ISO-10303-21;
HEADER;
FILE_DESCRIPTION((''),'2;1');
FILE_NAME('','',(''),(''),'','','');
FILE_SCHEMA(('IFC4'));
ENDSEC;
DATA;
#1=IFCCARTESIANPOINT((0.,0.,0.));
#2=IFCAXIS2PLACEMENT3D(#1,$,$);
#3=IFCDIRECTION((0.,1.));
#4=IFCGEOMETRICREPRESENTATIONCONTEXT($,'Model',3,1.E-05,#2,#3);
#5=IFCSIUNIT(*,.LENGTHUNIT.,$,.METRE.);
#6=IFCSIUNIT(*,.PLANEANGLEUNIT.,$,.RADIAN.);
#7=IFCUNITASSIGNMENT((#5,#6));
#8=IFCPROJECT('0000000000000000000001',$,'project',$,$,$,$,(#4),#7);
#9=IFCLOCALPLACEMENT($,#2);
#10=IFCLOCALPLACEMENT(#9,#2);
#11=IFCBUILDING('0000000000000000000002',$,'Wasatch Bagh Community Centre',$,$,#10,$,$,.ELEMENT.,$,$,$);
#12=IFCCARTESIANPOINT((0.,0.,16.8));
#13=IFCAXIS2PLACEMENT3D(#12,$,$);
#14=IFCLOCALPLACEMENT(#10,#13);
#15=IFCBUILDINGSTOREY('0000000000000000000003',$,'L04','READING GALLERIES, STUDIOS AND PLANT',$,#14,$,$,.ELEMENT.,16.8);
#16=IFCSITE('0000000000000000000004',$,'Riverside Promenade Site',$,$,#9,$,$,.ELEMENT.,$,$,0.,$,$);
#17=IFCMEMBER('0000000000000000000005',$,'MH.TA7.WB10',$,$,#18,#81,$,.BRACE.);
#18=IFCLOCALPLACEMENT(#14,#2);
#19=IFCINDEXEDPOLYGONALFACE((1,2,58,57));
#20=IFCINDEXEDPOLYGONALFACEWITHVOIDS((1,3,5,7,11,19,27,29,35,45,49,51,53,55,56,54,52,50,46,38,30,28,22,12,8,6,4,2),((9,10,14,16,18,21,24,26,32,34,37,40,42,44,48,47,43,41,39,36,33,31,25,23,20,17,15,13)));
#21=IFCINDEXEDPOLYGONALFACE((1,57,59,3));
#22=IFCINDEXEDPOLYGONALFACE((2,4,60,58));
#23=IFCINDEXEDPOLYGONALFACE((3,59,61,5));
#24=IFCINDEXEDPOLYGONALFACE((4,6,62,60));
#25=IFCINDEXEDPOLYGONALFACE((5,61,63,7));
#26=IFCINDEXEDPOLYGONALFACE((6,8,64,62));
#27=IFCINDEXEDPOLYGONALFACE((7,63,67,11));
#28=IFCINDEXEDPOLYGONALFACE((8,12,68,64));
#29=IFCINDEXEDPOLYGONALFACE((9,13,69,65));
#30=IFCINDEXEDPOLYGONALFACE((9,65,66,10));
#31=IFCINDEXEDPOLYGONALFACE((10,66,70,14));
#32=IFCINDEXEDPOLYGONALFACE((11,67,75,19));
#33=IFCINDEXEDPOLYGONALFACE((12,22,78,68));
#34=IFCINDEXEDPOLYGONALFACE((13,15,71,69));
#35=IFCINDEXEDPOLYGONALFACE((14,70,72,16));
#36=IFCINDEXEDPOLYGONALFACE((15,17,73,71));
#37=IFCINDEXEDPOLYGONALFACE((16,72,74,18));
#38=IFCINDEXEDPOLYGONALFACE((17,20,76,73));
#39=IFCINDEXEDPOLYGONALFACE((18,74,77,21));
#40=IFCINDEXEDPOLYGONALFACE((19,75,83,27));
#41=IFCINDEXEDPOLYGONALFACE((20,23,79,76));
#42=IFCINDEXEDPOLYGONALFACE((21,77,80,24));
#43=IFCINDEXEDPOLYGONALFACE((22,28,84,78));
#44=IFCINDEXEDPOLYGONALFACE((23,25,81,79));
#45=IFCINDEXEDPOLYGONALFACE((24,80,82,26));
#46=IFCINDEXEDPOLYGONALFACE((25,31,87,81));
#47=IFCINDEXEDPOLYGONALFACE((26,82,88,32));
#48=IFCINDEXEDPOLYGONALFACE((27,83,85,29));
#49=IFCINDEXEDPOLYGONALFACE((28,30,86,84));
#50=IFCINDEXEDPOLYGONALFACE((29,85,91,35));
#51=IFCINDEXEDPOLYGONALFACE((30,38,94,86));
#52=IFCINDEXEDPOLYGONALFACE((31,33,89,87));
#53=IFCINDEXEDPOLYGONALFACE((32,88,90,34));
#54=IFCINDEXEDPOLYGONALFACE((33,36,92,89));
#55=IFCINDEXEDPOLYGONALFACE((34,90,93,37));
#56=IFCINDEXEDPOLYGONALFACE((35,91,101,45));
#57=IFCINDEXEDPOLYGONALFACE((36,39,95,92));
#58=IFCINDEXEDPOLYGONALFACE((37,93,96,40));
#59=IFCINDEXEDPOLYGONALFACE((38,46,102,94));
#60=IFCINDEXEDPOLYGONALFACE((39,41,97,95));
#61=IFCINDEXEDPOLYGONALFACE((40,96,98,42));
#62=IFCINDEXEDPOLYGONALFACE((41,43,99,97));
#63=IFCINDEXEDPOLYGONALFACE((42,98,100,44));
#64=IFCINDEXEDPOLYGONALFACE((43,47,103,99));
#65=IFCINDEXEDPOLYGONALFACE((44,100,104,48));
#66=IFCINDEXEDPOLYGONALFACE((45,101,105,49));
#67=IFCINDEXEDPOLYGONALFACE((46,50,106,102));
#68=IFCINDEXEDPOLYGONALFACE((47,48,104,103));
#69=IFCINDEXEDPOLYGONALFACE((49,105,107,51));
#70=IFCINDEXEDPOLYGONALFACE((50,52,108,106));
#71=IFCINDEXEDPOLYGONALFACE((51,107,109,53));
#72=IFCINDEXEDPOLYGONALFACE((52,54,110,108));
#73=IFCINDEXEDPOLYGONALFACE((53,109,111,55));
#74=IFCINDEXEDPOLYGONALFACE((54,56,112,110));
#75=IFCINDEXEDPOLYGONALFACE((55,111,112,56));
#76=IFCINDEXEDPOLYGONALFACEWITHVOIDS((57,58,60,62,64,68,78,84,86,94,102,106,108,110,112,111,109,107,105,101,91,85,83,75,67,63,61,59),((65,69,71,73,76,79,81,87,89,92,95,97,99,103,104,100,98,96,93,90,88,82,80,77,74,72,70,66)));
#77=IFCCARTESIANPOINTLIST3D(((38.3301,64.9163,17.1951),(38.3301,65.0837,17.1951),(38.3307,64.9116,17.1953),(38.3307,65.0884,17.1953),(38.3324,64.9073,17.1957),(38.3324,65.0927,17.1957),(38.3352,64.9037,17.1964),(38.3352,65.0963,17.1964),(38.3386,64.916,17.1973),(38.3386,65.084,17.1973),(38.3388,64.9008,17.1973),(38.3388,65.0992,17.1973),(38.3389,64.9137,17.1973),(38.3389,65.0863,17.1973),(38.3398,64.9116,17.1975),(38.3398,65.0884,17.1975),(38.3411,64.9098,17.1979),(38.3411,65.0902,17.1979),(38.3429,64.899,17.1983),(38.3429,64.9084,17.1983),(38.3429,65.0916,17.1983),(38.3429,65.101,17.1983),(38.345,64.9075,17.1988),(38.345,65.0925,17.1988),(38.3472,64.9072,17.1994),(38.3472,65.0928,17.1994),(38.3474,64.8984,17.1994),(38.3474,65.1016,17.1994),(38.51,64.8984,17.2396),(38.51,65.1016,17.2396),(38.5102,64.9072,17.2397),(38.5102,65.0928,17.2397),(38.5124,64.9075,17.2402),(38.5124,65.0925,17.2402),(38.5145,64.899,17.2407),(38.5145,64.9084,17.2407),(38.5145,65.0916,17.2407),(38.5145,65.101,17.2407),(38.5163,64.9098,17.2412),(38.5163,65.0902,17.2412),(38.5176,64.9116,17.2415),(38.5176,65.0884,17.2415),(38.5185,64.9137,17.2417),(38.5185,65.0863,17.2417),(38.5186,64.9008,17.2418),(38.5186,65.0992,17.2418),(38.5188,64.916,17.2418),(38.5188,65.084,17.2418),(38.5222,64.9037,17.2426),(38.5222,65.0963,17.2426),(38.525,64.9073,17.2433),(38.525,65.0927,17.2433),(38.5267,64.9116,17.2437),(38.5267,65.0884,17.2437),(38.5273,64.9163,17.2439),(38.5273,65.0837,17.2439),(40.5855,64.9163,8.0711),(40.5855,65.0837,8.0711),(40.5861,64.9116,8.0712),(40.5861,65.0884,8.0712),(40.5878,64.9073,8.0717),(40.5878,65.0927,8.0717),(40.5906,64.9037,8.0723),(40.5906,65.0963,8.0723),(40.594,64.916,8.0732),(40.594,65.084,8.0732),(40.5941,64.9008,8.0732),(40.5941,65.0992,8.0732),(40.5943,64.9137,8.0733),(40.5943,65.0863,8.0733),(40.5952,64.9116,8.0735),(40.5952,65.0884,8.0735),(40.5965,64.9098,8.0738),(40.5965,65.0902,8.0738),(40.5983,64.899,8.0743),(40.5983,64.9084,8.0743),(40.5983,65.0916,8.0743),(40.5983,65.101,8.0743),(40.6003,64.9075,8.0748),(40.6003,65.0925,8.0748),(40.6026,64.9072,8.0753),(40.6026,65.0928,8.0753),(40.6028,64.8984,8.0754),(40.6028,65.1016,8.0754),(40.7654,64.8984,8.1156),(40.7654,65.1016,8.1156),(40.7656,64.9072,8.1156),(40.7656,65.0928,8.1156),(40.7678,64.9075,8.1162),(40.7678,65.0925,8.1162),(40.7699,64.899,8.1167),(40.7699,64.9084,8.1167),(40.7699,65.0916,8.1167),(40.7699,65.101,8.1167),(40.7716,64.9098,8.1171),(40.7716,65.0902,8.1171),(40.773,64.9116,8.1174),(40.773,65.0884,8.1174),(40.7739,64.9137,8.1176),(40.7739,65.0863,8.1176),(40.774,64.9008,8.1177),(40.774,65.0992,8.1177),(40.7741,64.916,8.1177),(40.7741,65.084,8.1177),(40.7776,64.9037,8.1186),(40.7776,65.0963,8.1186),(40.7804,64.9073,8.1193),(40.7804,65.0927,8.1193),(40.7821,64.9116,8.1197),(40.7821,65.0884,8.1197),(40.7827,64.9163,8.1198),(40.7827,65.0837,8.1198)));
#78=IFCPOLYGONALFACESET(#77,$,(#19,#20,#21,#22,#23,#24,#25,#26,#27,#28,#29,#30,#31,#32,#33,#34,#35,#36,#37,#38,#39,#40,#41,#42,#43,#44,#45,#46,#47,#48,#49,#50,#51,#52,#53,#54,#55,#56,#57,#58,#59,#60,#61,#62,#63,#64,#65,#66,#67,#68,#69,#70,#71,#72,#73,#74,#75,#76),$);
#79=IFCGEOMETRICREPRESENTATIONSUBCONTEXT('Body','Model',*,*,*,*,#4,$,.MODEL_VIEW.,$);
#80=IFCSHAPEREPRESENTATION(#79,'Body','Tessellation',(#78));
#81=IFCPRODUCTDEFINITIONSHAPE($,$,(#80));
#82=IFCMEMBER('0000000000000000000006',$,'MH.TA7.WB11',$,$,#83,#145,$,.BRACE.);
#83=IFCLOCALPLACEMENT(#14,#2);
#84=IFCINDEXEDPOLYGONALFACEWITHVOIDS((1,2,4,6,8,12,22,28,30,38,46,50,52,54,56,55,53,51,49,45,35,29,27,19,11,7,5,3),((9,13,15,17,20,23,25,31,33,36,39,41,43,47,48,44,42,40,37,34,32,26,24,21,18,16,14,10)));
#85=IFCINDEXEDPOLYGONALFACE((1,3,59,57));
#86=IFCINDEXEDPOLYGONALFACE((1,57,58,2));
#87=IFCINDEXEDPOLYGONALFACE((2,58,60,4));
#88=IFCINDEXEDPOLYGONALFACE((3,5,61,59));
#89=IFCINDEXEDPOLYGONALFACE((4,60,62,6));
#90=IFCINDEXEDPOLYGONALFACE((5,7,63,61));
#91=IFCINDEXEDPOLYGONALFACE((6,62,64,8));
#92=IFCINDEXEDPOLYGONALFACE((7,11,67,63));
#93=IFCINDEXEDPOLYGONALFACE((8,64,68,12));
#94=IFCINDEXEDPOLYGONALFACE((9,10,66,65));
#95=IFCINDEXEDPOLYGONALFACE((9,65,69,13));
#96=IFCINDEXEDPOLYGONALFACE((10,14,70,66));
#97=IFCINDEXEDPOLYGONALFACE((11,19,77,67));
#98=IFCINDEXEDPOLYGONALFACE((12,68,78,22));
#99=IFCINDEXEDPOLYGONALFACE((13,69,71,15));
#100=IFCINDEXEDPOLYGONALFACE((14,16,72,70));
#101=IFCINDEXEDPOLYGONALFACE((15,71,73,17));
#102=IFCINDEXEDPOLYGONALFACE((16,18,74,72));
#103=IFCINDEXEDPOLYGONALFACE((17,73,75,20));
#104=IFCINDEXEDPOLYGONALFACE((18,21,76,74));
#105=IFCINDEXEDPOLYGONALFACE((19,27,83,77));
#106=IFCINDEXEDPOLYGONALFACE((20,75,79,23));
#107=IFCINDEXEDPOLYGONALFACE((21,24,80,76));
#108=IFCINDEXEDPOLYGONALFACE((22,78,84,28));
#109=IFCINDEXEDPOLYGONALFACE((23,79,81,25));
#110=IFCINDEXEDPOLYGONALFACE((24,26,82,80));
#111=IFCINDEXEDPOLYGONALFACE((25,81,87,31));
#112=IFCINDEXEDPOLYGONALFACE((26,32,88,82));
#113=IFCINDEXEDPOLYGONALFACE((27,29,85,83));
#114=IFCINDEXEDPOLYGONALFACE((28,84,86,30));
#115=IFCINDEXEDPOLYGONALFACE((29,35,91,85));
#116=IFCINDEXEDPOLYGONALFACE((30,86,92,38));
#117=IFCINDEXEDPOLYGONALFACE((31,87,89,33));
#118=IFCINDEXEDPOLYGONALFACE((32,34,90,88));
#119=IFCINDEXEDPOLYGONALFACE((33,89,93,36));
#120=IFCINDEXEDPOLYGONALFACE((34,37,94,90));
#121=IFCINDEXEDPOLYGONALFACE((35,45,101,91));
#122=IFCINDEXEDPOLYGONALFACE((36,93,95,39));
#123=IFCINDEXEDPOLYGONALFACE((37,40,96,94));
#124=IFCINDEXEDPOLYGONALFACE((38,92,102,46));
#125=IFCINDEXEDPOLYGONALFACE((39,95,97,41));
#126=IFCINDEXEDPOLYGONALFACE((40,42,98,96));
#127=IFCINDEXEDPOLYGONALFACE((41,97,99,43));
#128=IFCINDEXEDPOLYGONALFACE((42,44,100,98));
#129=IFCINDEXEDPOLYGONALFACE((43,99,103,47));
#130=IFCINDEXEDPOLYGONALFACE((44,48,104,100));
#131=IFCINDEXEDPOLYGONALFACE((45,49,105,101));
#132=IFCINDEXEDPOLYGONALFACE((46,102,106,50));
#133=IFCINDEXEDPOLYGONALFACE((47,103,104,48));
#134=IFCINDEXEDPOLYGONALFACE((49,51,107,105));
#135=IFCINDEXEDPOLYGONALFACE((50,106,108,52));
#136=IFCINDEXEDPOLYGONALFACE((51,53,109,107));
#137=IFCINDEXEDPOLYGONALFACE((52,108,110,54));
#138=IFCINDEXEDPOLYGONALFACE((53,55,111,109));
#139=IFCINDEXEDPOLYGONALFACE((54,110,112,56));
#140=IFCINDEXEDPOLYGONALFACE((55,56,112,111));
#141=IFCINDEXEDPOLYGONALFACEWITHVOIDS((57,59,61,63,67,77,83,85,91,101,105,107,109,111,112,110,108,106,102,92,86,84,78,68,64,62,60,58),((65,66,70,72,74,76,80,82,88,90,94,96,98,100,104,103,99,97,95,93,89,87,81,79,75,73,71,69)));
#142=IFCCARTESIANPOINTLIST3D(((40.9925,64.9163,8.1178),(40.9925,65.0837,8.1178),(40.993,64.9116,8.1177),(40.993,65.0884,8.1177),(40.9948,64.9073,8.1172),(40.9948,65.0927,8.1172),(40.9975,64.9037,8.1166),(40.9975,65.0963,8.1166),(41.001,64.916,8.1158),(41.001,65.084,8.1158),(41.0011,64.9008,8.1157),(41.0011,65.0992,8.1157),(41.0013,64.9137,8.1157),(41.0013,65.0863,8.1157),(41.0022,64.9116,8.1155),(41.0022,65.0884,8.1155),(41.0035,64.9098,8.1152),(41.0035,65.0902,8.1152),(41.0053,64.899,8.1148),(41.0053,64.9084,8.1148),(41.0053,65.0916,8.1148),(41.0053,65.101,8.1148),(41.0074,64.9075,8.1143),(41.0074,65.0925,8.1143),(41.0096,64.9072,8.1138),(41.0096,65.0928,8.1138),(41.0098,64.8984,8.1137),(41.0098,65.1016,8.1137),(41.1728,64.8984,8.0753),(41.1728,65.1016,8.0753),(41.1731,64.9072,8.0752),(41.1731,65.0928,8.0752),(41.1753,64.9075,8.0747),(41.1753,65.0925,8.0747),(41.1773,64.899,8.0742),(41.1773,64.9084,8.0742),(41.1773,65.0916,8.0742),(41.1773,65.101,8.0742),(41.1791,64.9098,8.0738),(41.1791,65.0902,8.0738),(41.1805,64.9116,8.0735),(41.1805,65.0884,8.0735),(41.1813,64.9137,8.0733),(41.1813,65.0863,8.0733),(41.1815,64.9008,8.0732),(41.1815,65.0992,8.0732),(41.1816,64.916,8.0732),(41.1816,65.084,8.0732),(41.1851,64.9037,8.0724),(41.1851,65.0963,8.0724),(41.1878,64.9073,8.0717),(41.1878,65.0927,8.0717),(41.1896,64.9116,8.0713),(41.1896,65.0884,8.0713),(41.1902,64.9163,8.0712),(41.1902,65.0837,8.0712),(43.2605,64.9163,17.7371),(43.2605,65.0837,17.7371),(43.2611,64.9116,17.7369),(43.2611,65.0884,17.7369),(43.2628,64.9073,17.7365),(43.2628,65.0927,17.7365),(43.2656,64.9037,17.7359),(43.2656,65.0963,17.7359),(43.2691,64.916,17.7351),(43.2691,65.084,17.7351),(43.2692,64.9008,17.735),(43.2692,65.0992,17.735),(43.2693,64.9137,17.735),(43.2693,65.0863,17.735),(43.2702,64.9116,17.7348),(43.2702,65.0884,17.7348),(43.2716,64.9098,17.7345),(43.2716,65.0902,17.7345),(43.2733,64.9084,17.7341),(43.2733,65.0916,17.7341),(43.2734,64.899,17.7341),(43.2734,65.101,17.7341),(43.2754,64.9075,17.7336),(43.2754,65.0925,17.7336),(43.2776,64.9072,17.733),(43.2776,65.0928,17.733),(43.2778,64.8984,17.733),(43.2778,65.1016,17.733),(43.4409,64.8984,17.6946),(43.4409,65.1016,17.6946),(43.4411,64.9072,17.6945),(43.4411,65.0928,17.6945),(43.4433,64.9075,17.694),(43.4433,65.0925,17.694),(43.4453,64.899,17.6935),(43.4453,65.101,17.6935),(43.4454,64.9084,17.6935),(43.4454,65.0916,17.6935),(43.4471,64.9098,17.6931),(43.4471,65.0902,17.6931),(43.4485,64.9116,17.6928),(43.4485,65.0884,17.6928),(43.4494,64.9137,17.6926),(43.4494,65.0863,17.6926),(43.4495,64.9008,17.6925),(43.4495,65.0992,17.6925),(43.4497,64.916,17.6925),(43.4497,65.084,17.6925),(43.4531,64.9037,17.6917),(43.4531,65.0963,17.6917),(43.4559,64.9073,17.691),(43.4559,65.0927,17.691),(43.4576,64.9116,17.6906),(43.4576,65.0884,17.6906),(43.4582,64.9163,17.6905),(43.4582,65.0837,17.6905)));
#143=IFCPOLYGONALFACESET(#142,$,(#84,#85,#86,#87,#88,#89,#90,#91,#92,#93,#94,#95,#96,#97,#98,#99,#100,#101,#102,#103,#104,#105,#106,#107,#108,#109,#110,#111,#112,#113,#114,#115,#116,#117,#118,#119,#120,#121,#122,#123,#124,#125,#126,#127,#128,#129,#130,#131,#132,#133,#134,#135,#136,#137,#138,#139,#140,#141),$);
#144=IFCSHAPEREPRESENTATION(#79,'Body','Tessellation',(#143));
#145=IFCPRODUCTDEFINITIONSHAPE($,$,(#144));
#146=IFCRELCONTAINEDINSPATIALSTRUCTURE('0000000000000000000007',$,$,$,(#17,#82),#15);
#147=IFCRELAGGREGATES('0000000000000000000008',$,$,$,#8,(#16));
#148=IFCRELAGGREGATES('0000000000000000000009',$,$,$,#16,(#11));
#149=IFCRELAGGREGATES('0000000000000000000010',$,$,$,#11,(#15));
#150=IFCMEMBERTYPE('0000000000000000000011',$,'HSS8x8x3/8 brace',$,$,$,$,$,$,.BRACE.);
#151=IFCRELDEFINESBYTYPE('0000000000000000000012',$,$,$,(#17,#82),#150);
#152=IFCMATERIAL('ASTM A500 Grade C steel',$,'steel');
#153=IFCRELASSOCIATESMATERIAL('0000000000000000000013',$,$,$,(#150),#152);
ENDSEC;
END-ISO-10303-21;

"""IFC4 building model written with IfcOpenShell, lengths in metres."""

from ifc_helpers import new_model, si_unit, direction, frame, origin, origin_2d, place, context, subcontext, project, spatial, hollow_rectangle, extrude, material, material_profile, profile_set, type_object, element, save


model = new_model("IFC4")

# Units and contexts
model_context = context("Model", 3, precision=1e-05, world=origin(), true_north=direction((0.0, 1.0)))
body_context = subcontext(model_context, "Body", "Model", "MODEL_VIEW")
ifc_project = project(units=[si_unit("LENGTHUNIT", "METRE"), si_unit("PLANEANGLEUNIT", "RADIAN")], contexts=[model_context])

# Site, building, storey
site_placement = place(None, origin())
site = spatial("IfcSite", under=ifc_project, at=site_placement, Name="Riverside Promenade Site", CompositionType="ELEMENT", RefElevation=0.0)
building_placement = place(site_placement, origin())
building = spatial("IfcBuilding", under=site, at=building_placement, Name="Wasatch Bagh Community Centre", CompositionType="ELEMENT")
storey_placement = place(building_placement, frame((0.0, 0.0, 16.8)))
storey = spatial("IfcBuildingStorey", under=building, at=storey_placement, Name="L04", Description="READING GALLERIES, STUDIOS AND PLANT", CompositionType="ELEMENT", Elevation=16.8)

# Members
ifc_material_1 = material(Name="ASTM A500 Grade C steel", Category="steel")
ifc_material_profile_1 = material_profile(ifc_material_1, hollow_rectangle(XDim=0.2031, YDim=0.2031, WallThickness=0.0088, InnerFilletRadius=0.0088, OuterFilletRadius=0.0178, at=origin_2d()), Name="HSS8x8x3/8")
ifc_profile_set_1 = profile_set([ifc_material_profile_1], Name="ASTM A500 Grade C steel")
member_type_1 = type_object("IfcMemberType", Name="HSS8x8x3/8 brace", PredefinedType="BRACE", material=ifc_profile_set_1)
member_1_placement = place(storey_placement, frame((40.6841, 65.0, 8.0955), z_axis=(-0.239968, 0.0, 0.970781), x_axis=(0.0, -1.0, 0.0)))
element("IfcMember", 1, at=member_1_placement, inside=storey, type_object=member_type_1, Name="MH.TA7.WB10", PredefinedType="BRACE", context=body_context, shape_type="SweptSolid", body=[
    extrude(hollow_rectangle(XDim=0.2031, YDim=0.2031, WallThickness=0.0088, InnerFilletRadius=0.0088, OuterFilletRadius=0.0178, at=origin_2d()), origin(), (0.0, 0.0, 1.0), 9.3987),
])
member_2_placement = place(storey_placement, frame((41.0913, 65.0, 8.0945), z_axis=(0.229488, 0.0, 0.973311), x_axis=(0.0, 1.0, 0.0)))
element("IfcMember", 2, at=member_2_placement, inside=storey, type_object=member_type_1, Name="MH.TA7.WB11", PredefinedType="BRACE", context=body_context, shape_type="SweptSolid", body=[
    extrude(hollow_rectangle(XDim=0.2031, YDim=0.2031, WallThickness=0.0088, InnerFilletRadius=0.0088, OuterFilletRadius=0.0178, at=origin_2d()), origin(), (0.0, 0.0, 1.0), 9.8831),
])

save(model, "model.ifc")
